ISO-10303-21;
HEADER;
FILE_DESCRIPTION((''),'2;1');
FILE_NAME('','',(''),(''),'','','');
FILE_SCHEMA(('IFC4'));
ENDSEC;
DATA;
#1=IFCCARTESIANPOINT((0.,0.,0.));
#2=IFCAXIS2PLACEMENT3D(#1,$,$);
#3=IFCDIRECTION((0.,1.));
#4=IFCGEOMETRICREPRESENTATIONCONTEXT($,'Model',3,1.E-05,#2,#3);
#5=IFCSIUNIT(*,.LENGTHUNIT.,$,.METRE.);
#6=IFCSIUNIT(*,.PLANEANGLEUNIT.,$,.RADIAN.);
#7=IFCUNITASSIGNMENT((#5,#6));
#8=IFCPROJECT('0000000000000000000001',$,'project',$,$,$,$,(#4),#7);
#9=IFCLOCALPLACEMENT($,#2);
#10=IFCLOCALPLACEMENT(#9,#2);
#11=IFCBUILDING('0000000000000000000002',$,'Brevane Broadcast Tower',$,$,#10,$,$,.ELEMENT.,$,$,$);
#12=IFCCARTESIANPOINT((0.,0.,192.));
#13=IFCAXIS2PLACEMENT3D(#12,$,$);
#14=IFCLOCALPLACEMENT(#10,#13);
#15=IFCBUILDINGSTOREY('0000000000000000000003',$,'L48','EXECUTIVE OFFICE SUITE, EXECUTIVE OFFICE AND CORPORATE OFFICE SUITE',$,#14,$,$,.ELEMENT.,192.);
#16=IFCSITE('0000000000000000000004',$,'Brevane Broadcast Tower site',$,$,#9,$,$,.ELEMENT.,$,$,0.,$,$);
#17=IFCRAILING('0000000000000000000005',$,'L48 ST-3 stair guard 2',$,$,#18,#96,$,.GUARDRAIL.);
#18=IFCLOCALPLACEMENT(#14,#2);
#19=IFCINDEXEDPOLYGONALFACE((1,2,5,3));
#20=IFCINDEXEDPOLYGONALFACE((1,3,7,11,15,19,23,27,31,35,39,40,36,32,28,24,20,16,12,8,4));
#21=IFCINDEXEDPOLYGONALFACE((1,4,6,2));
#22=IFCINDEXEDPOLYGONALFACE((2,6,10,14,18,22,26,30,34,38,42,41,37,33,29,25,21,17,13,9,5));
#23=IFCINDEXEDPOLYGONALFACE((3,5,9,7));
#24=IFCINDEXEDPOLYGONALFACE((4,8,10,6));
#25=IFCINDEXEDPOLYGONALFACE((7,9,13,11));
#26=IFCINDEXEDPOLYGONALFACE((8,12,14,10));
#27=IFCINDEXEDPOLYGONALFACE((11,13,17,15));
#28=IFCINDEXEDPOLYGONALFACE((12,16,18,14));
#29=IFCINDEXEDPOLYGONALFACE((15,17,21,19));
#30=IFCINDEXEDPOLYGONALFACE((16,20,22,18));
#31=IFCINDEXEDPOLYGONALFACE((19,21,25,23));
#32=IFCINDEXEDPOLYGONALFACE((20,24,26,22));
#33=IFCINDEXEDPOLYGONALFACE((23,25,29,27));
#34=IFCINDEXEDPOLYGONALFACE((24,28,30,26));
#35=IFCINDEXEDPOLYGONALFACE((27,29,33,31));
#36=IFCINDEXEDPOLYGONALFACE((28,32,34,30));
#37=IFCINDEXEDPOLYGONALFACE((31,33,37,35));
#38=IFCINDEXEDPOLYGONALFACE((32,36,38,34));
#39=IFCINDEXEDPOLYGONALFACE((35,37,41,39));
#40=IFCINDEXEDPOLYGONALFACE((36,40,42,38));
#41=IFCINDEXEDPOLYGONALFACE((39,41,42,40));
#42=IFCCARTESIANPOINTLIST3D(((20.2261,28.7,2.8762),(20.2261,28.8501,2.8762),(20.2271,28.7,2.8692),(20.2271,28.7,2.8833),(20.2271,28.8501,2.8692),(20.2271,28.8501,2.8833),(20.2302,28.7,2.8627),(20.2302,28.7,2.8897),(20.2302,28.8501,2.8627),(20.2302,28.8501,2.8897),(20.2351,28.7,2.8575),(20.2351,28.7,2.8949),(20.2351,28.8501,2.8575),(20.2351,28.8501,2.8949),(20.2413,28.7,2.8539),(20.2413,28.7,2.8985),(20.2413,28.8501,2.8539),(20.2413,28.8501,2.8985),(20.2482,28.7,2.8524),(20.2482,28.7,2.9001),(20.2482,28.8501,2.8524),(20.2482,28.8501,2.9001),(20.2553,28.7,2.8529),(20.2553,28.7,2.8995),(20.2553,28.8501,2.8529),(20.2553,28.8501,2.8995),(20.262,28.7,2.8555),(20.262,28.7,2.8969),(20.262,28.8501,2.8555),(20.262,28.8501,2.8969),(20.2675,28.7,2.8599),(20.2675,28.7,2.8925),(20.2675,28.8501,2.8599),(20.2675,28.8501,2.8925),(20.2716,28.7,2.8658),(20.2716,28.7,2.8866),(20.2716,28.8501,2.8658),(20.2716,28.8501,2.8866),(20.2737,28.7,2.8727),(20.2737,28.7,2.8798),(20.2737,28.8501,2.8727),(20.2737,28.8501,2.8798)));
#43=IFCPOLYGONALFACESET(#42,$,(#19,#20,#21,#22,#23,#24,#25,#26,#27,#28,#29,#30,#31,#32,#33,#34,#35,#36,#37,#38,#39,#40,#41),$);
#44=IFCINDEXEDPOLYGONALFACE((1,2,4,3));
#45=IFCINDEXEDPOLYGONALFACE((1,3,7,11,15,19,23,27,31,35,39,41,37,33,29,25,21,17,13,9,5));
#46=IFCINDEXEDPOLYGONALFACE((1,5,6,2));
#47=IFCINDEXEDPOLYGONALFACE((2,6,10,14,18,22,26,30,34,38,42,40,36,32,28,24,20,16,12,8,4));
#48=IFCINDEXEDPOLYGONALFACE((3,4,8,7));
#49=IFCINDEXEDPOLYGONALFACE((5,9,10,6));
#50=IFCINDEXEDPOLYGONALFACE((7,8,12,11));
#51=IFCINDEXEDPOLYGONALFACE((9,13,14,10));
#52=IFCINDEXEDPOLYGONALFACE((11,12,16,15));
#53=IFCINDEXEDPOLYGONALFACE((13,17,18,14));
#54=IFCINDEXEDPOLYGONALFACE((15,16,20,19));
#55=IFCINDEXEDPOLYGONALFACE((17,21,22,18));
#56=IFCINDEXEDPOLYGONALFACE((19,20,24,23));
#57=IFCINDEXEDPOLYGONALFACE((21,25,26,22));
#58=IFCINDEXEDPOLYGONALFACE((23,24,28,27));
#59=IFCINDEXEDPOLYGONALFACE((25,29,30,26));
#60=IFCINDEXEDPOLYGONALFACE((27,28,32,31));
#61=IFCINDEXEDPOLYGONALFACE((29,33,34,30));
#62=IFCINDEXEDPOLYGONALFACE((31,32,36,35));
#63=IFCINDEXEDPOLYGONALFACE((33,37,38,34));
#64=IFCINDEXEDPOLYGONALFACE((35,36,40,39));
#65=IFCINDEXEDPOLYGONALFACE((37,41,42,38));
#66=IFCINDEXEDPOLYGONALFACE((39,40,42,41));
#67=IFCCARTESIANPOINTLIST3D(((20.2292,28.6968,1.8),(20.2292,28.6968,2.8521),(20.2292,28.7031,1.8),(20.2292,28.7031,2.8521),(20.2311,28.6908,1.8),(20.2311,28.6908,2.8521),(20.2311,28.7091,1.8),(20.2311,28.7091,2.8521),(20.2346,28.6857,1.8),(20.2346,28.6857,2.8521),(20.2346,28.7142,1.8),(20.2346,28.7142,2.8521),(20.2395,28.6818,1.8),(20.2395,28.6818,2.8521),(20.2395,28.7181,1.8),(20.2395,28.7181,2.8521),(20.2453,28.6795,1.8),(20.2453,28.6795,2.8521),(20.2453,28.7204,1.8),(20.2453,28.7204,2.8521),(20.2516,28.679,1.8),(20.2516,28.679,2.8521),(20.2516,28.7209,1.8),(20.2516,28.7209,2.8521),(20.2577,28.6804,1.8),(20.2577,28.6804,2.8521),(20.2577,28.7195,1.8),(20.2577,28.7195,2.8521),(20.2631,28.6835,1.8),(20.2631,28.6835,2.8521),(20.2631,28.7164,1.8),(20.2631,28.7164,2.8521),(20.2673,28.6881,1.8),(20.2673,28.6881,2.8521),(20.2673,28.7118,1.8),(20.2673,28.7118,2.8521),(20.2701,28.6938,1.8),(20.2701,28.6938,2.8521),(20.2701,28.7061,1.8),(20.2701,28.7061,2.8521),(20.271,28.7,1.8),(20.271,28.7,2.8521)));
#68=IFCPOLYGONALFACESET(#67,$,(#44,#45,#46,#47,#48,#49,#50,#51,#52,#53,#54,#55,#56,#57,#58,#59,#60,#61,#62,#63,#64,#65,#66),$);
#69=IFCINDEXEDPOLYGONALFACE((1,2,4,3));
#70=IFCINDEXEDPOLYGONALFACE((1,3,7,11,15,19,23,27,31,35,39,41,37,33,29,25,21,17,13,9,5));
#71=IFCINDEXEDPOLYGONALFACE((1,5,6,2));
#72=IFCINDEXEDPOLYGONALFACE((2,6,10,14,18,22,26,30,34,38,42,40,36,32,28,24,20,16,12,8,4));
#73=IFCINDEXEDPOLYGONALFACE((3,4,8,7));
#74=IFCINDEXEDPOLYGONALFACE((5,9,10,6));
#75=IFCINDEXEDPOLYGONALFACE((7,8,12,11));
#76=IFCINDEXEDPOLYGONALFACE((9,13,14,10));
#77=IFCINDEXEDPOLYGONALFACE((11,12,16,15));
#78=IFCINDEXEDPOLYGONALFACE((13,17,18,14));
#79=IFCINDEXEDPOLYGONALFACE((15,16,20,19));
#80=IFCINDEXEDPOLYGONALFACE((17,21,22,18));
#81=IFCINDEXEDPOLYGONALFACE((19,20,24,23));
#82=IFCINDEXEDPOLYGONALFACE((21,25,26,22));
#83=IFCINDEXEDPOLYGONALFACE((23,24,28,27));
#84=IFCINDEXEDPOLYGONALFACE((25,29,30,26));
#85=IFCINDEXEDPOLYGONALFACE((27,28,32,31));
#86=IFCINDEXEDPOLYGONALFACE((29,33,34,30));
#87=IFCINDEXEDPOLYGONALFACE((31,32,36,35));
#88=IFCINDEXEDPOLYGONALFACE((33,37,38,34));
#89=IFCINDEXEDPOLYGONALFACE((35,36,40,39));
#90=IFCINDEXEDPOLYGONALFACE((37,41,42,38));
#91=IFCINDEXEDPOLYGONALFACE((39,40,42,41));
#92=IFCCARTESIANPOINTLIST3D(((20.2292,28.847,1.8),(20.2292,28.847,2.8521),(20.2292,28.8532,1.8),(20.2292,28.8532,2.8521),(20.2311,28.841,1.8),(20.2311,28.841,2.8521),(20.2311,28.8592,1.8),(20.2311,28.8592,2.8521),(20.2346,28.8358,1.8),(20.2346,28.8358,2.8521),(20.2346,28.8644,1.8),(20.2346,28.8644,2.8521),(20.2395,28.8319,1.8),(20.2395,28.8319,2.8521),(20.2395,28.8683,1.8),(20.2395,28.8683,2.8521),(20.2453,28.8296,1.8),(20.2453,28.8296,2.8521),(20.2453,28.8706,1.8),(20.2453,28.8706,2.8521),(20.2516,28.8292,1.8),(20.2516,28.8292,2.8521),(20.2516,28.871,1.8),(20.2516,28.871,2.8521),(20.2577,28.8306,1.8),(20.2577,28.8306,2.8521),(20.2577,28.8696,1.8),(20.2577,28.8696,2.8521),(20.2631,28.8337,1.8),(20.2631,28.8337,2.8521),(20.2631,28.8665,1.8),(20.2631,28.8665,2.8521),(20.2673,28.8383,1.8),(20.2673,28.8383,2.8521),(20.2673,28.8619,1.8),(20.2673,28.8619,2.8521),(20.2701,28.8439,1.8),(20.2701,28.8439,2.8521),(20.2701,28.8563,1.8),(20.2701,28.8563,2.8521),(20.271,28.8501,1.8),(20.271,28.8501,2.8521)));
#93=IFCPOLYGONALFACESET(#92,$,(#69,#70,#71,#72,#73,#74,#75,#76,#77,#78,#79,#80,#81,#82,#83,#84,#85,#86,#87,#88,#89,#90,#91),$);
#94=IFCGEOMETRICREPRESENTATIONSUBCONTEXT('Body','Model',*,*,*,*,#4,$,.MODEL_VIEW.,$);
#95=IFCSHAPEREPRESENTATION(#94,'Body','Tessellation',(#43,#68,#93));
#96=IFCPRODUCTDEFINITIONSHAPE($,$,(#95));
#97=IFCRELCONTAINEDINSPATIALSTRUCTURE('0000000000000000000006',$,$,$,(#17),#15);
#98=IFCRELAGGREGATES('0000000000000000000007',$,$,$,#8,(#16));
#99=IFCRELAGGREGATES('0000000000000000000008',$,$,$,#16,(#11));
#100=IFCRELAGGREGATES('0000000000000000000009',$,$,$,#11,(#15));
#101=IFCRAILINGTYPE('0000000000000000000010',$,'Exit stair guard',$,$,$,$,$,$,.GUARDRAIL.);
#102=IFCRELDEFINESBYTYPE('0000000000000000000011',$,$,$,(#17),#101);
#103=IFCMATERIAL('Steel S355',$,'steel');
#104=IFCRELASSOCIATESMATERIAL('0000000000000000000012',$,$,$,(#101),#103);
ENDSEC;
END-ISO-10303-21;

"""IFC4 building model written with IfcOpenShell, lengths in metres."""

from ifc_helpers import new_model, si_unit, direction, frame, origin, origin_2d, place, context, subcontext, project, spatial, circle, extrude, material, type_object, element, save


model = new_model("IFC4")

# Units and contexts
model_context = context("Model", 3, precision=1e-05, world=origin(), true_north=direction((0.0, 1.0)))
body_context = subcontext(model_context, "Body", "Model", "MODEL_VIEW")
ifc_project = project(units=[si_unit("LENGTHUNIT", "METRE"), si_unit("PLANEANGLEUNIT", "RADIAN")], contexts=[model_context])

# Site, building, storey
site_placement = place(None, origin())
site = spatial("IfcSite", under=ifc_project, at=site_placement, Name="Brevane Broadcast Tower site", CompositionType="ELEMENT", RefElevation=0.0)
building_placement = place(site_placement, origin())
building = spatial("IfcBuilding", under=site, at=building_placement, Name="Brevane Broadcast Tower", CompositionType="ELEMENT")
storey_placement = place(building_placement, frame((0.0, 0.0, 192.0)))
storey = spatial("IfcBuildingStorey", under=building, at=storey_placement, Name="L48", Description="EXECUTIVE OFFICE SUITE, EXECUTIVE OFFICE AND CORPORATE OFFICE SUITE", CompositionType="ELEMENT", Elevation=192.0)

# Railing
ifc_material_1 = material(Name="Steel S355", Category="steel")
railing_type_1 = type_object("IfcRailingType", Name="Exit stair guard", PredefinedType="GUARDRAIL", material=ifc_material_1)
railing_1_placement = place(storey_placement, frame((20.25, 28.7, 1.8)))
element("IfcRailing", 1, at=railing_1_placement, inside=storey, type_object=railing_type_1, Name="L48 ST-3 stair guard 2", PredefinedType="GUARDRAIL", context=body_context, shape_type="SweptSolid", body=[
    extrude(circle(Radius=0.0239, at=origin_2d()), frame((0.0, 0.0, 1.0762), z_axis=(0.0, 1.0, 0.0), x_axis=(-1.0, 0.0, 0.0)), (0.0, 0.0, 1.0), 0.1501),
    extrude(circle(Radius=0.021, at=origin_2d()), origin(), (0.0, 0.0, 1.0), 1.052),
    extrude(circle(Radius=0.021, at=origin_2d()), frame((0.0, 0.1501, 0.0)), (0.0, 0.0, 1.0), 1.052),
])

save(model, "model.ifc")
